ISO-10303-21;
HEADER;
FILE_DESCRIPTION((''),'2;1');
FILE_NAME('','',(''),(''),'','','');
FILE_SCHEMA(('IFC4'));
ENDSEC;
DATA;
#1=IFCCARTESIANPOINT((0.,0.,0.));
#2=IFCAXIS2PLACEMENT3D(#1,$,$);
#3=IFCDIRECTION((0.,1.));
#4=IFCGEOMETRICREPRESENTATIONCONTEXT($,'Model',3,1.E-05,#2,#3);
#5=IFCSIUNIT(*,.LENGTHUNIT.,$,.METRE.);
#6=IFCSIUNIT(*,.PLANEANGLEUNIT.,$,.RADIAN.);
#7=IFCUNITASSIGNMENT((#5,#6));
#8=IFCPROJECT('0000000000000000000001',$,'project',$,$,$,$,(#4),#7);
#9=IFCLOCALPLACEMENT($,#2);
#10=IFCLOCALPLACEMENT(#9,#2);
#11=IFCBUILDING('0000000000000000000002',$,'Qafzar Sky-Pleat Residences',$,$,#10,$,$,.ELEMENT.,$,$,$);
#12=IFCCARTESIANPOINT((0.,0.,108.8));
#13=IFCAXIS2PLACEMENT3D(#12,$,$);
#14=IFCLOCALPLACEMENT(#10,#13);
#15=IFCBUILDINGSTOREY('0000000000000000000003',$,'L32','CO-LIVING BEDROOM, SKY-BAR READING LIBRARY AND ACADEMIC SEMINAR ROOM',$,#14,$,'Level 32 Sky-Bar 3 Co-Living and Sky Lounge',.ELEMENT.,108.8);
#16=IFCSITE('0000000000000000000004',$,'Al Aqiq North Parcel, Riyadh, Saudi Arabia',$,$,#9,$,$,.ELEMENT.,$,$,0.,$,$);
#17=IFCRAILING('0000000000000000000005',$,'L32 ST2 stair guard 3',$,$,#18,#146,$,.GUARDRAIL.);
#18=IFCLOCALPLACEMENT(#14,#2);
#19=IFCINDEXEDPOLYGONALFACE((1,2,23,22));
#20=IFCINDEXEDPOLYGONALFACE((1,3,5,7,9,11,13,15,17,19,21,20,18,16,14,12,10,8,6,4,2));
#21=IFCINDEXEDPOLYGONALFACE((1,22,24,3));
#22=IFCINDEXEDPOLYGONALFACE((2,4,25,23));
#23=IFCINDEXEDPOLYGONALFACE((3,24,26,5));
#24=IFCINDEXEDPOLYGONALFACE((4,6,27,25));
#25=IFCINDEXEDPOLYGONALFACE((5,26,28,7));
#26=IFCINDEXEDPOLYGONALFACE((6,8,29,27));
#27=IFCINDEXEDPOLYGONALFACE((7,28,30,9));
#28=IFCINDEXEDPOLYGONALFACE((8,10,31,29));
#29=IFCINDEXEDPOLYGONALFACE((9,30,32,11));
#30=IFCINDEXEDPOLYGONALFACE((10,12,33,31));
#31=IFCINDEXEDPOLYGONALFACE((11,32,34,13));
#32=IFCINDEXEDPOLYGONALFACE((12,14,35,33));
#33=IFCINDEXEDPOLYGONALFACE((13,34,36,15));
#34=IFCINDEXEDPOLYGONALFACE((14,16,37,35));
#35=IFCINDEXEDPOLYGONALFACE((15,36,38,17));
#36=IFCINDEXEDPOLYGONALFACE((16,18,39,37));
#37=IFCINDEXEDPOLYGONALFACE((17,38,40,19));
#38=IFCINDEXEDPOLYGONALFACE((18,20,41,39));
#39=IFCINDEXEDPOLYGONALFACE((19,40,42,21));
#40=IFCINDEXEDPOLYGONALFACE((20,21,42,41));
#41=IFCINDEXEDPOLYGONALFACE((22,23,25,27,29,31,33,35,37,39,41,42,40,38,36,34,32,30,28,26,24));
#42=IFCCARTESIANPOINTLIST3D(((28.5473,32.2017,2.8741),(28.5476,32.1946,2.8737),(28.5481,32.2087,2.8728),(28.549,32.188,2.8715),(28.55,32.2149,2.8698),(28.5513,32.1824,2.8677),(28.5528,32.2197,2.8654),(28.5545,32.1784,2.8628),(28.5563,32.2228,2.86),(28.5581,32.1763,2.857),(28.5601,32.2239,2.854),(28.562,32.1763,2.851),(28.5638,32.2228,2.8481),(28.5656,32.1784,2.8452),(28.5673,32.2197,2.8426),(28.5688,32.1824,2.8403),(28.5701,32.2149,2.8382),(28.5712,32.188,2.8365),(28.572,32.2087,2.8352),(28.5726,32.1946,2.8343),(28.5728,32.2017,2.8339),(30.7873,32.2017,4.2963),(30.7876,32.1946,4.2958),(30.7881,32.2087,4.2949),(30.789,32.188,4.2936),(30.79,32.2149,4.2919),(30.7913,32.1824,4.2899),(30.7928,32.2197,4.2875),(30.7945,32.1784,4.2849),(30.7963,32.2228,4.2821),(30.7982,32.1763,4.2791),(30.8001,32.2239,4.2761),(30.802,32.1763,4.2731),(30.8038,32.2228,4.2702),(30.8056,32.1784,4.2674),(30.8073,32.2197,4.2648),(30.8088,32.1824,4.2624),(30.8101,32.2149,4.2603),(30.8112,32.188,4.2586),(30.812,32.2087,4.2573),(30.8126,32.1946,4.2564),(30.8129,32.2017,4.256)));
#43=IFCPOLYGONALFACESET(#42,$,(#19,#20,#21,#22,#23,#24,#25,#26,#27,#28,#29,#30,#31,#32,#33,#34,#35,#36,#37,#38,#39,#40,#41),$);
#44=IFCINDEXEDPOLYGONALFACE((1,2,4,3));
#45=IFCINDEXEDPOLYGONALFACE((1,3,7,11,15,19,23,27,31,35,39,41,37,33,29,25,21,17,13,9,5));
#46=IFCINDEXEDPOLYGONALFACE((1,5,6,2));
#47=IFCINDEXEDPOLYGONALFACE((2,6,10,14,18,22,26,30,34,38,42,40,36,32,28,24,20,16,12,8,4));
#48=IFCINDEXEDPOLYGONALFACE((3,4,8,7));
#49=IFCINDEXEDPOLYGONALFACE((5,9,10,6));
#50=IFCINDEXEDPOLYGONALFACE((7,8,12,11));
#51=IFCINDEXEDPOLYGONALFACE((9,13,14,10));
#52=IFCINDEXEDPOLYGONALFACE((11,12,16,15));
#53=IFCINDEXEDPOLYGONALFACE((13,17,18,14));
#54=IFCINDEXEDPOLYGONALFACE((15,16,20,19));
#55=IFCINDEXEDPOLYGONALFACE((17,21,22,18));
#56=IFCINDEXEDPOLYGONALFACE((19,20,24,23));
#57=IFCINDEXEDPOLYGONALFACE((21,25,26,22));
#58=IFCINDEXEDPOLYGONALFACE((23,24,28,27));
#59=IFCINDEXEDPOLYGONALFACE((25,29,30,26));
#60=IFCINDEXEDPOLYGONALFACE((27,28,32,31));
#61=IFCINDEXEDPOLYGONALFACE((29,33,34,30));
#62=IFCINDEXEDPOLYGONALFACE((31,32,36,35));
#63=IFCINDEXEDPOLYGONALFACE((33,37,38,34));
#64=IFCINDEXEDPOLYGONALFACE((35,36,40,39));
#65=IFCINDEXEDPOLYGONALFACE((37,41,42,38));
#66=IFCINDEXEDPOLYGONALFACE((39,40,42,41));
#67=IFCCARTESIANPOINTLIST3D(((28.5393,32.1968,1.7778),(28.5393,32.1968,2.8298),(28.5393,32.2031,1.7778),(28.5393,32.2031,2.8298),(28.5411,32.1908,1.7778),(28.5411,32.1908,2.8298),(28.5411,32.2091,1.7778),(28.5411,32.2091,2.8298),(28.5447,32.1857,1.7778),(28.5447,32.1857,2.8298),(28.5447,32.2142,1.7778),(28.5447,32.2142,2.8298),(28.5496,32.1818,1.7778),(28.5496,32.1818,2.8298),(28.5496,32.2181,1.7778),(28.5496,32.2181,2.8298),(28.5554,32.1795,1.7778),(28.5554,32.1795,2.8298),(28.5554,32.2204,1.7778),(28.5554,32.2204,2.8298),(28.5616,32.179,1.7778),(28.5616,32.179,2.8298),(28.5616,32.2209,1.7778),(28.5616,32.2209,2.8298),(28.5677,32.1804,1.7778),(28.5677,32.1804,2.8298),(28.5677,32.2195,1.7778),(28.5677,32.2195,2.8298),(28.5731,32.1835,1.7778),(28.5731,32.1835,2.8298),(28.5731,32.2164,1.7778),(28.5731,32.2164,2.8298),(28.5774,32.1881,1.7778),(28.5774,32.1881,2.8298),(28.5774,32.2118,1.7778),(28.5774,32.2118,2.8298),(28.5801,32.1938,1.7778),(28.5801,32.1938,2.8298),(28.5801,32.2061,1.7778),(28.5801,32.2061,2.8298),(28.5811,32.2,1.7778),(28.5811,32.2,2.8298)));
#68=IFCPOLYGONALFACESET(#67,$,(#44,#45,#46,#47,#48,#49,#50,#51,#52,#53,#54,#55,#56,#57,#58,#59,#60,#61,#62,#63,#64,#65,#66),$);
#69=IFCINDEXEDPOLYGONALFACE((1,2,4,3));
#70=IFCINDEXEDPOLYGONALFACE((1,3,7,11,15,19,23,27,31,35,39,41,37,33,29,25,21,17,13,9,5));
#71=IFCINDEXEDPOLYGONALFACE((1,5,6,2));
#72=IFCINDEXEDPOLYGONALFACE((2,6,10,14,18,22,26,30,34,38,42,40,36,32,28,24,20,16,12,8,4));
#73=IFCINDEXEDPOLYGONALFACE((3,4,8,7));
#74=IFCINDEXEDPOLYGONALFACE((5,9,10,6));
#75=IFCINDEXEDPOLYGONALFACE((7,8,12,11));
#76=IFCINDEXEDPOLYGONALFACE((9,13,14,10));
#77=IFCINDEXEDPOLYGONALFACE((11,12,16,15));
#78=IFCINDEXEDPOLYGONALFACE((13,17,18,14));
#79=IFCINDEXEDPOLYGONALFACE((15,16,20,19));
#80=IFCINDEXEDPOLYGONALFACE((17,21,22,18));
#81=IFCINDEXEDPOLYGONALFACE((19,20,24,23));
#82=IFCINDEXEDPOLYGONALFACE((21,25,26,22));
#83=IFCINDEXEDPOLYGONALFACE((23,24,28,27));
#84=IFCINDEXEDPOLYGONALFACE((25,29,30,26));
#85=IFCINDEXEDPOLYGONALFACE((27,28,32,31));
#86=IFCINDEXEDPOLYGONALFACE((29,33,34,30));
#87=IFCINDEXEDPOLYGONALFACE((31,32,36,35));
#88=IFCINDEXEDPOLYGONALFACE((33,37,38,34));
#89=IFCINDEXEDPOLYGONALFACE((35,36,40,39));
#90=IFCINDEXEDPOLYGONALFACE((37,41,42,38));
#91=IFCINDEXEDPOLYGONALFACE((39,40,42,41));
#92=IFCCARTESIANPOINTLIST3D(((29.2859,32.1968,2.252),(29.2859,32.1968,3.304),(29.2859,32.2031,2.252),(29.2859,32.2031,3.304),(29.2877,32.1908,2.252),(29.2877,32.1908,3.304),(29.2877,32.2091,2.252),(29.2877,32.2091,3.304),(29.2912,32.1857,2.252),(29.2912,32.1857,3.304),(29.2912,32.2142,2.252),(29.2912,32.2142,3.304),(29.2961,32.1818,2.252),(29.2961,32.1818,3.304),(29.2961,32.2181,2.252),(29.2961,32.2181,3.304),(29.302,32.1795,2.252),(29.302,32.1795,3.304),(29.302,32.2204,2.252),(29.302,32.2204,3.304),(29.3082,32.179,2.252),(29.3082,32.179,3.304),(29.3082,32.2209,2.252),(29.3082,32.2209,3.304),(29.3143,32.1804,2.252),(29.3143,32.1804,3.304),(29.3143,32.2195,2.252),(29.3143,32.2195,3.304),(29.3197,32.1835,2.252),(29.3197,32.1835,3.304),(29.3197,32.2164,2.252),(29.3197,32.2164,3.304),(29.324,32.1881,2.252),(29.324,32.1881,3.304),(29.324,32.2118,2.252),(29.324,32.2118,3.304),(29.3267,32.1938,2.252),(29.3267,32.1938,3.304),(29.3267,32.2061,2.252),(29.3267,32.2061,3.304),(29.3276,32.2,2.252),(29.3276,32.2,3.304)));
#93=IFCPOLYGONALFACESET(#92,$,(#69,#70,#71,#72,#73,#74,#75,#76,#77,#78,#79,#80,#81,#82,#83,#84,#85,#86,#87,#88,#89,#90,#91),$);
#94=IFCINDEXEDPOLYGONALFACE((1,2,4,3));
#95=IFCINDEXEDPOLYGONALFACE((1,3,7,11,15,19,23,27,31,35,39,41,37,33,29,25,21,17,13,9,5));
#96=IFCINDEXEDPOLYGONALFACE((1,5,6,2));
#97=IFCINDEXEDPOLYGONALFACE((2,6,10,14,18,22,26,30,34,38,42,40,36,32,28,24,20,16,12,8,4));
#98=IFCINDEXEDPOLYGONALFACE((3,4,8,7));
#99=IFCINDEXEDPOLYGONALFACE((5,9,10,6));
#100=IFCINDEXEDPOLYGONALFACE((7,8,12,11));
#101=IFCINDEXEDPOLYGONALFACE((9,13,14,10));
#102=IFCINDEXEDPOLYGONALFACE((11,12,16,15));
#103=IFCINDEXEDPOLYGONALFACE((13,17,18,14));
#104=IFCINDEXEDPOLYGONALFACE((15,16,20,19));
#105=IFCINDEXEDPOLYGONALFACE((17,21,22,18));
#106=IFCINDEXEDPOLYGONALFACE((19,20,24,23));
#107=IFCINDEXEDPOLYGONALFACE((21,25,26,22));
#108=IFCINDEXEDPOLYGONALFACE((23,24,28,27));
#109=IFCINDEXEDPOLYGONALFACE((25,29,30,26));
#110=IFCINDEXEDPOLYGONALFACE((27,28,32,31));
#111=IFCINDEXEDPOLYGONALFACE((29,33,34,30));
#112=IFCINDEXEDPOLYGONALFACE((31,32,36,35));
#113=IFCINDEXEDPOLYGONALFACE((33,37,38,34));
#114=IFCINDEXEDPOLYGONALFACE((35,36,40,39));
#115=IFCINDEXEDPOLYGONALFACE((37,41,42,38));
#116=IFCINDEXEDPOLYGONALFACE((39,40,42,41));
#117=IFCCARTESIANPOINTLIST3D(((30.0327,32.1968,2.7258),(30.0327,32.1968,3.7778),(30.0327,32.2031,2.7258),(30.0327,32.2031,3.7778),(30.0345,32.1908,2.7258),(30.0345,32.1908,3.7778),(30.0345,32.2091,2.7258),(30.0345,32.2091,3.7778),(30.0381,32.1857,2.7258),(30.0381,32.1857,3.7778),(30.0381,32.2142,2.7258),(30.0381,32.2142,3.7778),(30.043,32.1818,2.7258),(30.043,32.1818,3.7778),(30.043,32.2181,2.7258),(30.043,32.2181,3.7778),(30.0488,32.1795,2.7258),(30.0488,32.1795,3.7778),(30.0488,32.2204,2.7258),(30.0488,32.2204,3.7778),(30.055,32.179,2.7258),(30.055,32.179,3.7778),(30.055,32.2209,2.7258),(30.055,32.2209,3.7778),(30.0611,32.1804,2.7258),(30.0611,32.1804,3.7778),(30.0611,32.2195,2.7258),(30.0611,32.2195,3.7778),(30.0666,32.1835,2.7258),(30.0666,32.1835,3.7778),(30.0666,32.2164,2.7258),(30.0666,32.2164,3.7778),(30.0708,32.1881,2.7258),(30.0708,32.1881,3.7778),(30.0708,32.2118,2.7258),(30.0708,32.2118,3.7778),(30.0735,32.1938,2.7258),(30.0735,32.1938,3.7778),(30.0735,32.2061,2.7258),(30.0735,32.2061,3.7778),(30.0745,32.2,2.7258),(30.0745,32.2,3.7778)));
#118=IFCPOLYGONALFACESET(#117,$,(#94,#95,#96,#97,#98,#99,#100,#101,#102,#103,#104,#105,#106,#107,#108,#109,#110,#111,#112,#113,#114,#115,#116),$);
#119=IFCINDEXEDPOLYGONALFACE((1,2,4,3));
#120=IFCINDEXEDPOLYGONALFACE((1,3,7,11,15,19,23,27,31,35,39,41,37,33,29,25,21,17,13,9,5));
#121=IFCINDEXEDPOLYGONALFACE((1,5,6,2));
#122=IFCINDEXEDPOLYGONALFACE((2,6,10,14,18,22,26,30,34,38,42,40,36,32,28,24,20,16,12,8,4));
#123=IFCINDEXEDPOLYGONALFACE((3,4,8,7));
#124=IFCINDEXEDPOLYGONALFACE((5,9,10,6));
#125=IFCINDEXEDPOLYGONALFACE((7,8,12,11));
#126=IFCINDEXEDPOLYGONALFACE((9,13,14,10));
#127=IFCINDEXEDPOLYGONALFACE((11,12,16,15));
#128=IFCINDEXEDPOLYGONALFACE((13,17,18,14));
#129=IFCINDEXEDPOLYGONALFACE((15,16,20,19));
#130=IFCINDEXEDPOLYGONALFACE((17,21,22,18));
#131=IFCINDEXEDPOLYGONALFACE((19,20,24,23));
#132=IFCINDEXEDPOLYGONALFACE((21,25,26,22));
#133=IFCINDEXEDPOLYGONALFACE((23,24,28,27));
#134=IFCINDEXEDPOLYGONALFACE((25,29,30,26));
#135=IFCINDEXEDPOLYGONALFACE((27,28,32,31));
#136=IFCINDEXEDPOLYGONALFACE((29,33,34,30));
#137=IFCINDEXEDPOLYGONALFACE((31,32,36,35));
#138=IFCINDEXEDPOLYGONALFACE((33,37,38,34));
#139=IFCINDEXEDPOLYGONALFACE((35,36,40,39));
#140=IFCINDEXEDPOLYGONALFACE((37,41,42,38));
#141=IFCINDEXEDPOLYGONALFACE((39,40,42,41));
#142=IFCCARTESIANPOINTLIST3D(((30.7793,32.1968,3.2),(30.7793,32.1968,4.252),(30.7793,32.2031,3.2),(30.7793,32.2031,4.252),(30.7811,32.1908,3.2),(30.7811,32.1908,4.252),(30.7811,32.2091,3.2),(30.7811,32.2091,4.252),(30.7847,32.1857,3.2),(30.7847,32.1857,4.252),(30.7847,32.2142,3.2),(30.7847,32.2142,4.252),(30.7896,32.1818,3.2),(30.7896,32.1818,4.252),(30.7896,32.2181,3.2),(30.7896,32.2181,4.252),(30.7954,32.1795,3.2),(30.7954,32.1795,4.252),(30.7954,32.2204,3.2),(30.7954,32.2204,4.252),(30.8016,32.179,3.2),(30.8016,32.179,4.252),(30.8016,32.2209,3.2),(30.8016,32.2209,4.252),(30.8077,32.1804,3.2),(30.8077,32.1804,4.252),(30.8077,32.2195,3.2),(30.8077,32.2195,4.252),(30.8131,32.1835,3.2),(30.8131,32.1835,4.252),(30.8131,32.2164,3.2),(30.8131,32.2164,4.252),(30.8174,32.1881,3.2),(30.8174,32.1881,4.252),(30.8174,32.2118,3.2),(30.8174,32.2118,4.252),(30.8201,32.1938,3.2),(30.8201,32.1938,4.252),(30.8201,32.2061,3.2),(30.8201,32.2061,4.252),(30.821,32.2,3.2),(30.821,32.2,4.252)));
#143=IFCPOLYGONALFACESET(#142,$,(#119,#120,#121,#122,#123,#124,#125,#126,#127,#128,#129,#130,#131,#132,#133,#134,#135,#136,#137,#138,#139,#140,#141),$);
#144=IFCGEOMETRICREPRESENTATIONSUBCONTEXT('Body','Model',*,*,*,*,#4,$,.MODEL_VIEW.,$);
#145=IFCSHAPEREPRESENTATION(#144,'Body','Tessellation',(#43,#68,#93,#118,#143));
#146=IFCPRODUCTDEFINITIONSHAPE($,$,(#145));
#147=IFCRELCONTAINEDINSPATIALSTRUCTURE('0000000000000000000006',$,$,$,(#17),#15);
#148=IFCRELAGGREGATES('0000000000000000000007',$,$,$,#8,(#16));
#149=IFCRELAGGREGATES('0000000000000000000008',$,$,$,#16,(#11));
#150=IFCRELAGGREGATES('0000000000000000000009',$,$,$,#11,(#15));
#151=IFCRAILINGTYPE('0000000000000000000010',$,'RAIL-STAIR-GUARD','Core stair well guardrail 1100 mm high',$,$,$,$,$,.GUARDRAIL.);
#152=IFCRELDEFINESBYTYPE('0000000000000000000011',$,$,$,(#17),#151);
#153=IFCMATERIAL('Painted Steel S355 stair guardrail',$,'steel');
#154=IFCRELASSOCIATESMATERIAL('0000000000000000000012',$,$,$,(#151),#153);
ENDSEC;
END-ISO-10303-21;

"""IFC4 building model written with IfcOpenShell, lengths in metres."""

from ifc_helpers import new_model, si_unit, direction, frame, origin, origin_2d, place, context, subcontext, project, spatial, circle, extrude, source, transform, mapped, material, type_object, element, save


model = new_model("IFC4")

# Units and contexts
model_context = context("Model", 3, precision=1e-05, world=origin(), true_north=direction((0.0, 1.0)))
body_context = subcontext(model_context, "Body", "Model", "MODEL_VIEW")
ifc_project = project(units=[si_unit("LENGTHUNIT", "METRE"), si_unit("PLANEANGLEUNIT", "RADIAN")], contexts=[model_context])

# Site, building, storey
site_placement = place(None, origin())
site = spatial("IfcSite", under=ifc_project, at=site_placement, Name="Al Aqiq North Parcel, Riyadh, Saudi Arabia", CompositionType="ELEMENT", RefElevation=0.0)
building_placement = place(site_placement, origin())
building = spatial("IfcBuilding", under=site, at=building_placement, Name="Qafzar Sky-Pleat Residences", CompositionType="ELEMENT")
storey_placement = place(building_placement, frame((0.0, 0.0, 108.8)))
storey = spatial("IfcBuildingStorey", under=building, at=storey_placement, Name="L32", Description="CO-LIVING BEDROOM, SKY-BAR READING LIBRARY AND ACADEMIC SEMINAR ROOM", LongName="Level 32 Sky-Bar 3 Co-Living and Sky Lounge", CompositionType="ELEMENT", Elevation=108.8)

# Railing
ifc_material_1 = material(Name="Painted Steel S355 stair guardrail", Category="steel")
railing_type_1 = type_object("IfcRailingType", Name="RAIL-STAIR-GUARD", Description="Core stair well guardrail 1100 mm high", PredefinedType="GUARDRAIL", material=ifc_material_1)
shared_shape_1 = source(origin(), body_context, "Body", "SweptSolid", [
    extrude(circle(Radius=0.0239, at=origin_2d()), frame((0.0, 0.0, 1.0762), z_axis=(0.844229, 0.0, 0.535982), x_axis=(0.0, 1.0, 0.0)), (0.0, 0.0, 1.0), 2.6533),
    extrude(circle(Radius=0.021, at=origin_2d()), origin(), (0.0, 0.0, 1.0), 1.052),
    extrude(circle(Radius=0.021, at=origin_2d()), frame((0.7466, 0.0, 0.4741)), (0.0, 0.0, 1.0), 1.052),
    extrude(circle(Radius=0.021, at=origin_2d()), frame((1.4934, 0.0, 0.948)), (0.0, 0.0, 1.0), 1.052),
    extrude(circle(Radius=0.021, at=origin_2d()), frame((2.24, 0.0, 1.4221)), (0.0, 0.0, 1.0), 1.052),
])
railing_1_placement = place(storey_placement, frame((28.5601, 32.2, 1.7778)))
element("IfcRailing", 1, at=railing_1_placement, inside=storey, type_object=railing_type_1, Name="L32 ST2 stair guard 3", PredefinedType="GUARDRAIL", context=body_context, shape_type="MappedRepresentation", body=[
    mapped(shared_shape_1, transform((0.0, 0.0, 0.0), x_axis=(1.0, 0.0, 0.0), y_axis=(0.0, 1.0, 0.0), z_axis=(0.0, 0.0, 1.0), scale=1.0)),
])

save(model, "model.ifc")
